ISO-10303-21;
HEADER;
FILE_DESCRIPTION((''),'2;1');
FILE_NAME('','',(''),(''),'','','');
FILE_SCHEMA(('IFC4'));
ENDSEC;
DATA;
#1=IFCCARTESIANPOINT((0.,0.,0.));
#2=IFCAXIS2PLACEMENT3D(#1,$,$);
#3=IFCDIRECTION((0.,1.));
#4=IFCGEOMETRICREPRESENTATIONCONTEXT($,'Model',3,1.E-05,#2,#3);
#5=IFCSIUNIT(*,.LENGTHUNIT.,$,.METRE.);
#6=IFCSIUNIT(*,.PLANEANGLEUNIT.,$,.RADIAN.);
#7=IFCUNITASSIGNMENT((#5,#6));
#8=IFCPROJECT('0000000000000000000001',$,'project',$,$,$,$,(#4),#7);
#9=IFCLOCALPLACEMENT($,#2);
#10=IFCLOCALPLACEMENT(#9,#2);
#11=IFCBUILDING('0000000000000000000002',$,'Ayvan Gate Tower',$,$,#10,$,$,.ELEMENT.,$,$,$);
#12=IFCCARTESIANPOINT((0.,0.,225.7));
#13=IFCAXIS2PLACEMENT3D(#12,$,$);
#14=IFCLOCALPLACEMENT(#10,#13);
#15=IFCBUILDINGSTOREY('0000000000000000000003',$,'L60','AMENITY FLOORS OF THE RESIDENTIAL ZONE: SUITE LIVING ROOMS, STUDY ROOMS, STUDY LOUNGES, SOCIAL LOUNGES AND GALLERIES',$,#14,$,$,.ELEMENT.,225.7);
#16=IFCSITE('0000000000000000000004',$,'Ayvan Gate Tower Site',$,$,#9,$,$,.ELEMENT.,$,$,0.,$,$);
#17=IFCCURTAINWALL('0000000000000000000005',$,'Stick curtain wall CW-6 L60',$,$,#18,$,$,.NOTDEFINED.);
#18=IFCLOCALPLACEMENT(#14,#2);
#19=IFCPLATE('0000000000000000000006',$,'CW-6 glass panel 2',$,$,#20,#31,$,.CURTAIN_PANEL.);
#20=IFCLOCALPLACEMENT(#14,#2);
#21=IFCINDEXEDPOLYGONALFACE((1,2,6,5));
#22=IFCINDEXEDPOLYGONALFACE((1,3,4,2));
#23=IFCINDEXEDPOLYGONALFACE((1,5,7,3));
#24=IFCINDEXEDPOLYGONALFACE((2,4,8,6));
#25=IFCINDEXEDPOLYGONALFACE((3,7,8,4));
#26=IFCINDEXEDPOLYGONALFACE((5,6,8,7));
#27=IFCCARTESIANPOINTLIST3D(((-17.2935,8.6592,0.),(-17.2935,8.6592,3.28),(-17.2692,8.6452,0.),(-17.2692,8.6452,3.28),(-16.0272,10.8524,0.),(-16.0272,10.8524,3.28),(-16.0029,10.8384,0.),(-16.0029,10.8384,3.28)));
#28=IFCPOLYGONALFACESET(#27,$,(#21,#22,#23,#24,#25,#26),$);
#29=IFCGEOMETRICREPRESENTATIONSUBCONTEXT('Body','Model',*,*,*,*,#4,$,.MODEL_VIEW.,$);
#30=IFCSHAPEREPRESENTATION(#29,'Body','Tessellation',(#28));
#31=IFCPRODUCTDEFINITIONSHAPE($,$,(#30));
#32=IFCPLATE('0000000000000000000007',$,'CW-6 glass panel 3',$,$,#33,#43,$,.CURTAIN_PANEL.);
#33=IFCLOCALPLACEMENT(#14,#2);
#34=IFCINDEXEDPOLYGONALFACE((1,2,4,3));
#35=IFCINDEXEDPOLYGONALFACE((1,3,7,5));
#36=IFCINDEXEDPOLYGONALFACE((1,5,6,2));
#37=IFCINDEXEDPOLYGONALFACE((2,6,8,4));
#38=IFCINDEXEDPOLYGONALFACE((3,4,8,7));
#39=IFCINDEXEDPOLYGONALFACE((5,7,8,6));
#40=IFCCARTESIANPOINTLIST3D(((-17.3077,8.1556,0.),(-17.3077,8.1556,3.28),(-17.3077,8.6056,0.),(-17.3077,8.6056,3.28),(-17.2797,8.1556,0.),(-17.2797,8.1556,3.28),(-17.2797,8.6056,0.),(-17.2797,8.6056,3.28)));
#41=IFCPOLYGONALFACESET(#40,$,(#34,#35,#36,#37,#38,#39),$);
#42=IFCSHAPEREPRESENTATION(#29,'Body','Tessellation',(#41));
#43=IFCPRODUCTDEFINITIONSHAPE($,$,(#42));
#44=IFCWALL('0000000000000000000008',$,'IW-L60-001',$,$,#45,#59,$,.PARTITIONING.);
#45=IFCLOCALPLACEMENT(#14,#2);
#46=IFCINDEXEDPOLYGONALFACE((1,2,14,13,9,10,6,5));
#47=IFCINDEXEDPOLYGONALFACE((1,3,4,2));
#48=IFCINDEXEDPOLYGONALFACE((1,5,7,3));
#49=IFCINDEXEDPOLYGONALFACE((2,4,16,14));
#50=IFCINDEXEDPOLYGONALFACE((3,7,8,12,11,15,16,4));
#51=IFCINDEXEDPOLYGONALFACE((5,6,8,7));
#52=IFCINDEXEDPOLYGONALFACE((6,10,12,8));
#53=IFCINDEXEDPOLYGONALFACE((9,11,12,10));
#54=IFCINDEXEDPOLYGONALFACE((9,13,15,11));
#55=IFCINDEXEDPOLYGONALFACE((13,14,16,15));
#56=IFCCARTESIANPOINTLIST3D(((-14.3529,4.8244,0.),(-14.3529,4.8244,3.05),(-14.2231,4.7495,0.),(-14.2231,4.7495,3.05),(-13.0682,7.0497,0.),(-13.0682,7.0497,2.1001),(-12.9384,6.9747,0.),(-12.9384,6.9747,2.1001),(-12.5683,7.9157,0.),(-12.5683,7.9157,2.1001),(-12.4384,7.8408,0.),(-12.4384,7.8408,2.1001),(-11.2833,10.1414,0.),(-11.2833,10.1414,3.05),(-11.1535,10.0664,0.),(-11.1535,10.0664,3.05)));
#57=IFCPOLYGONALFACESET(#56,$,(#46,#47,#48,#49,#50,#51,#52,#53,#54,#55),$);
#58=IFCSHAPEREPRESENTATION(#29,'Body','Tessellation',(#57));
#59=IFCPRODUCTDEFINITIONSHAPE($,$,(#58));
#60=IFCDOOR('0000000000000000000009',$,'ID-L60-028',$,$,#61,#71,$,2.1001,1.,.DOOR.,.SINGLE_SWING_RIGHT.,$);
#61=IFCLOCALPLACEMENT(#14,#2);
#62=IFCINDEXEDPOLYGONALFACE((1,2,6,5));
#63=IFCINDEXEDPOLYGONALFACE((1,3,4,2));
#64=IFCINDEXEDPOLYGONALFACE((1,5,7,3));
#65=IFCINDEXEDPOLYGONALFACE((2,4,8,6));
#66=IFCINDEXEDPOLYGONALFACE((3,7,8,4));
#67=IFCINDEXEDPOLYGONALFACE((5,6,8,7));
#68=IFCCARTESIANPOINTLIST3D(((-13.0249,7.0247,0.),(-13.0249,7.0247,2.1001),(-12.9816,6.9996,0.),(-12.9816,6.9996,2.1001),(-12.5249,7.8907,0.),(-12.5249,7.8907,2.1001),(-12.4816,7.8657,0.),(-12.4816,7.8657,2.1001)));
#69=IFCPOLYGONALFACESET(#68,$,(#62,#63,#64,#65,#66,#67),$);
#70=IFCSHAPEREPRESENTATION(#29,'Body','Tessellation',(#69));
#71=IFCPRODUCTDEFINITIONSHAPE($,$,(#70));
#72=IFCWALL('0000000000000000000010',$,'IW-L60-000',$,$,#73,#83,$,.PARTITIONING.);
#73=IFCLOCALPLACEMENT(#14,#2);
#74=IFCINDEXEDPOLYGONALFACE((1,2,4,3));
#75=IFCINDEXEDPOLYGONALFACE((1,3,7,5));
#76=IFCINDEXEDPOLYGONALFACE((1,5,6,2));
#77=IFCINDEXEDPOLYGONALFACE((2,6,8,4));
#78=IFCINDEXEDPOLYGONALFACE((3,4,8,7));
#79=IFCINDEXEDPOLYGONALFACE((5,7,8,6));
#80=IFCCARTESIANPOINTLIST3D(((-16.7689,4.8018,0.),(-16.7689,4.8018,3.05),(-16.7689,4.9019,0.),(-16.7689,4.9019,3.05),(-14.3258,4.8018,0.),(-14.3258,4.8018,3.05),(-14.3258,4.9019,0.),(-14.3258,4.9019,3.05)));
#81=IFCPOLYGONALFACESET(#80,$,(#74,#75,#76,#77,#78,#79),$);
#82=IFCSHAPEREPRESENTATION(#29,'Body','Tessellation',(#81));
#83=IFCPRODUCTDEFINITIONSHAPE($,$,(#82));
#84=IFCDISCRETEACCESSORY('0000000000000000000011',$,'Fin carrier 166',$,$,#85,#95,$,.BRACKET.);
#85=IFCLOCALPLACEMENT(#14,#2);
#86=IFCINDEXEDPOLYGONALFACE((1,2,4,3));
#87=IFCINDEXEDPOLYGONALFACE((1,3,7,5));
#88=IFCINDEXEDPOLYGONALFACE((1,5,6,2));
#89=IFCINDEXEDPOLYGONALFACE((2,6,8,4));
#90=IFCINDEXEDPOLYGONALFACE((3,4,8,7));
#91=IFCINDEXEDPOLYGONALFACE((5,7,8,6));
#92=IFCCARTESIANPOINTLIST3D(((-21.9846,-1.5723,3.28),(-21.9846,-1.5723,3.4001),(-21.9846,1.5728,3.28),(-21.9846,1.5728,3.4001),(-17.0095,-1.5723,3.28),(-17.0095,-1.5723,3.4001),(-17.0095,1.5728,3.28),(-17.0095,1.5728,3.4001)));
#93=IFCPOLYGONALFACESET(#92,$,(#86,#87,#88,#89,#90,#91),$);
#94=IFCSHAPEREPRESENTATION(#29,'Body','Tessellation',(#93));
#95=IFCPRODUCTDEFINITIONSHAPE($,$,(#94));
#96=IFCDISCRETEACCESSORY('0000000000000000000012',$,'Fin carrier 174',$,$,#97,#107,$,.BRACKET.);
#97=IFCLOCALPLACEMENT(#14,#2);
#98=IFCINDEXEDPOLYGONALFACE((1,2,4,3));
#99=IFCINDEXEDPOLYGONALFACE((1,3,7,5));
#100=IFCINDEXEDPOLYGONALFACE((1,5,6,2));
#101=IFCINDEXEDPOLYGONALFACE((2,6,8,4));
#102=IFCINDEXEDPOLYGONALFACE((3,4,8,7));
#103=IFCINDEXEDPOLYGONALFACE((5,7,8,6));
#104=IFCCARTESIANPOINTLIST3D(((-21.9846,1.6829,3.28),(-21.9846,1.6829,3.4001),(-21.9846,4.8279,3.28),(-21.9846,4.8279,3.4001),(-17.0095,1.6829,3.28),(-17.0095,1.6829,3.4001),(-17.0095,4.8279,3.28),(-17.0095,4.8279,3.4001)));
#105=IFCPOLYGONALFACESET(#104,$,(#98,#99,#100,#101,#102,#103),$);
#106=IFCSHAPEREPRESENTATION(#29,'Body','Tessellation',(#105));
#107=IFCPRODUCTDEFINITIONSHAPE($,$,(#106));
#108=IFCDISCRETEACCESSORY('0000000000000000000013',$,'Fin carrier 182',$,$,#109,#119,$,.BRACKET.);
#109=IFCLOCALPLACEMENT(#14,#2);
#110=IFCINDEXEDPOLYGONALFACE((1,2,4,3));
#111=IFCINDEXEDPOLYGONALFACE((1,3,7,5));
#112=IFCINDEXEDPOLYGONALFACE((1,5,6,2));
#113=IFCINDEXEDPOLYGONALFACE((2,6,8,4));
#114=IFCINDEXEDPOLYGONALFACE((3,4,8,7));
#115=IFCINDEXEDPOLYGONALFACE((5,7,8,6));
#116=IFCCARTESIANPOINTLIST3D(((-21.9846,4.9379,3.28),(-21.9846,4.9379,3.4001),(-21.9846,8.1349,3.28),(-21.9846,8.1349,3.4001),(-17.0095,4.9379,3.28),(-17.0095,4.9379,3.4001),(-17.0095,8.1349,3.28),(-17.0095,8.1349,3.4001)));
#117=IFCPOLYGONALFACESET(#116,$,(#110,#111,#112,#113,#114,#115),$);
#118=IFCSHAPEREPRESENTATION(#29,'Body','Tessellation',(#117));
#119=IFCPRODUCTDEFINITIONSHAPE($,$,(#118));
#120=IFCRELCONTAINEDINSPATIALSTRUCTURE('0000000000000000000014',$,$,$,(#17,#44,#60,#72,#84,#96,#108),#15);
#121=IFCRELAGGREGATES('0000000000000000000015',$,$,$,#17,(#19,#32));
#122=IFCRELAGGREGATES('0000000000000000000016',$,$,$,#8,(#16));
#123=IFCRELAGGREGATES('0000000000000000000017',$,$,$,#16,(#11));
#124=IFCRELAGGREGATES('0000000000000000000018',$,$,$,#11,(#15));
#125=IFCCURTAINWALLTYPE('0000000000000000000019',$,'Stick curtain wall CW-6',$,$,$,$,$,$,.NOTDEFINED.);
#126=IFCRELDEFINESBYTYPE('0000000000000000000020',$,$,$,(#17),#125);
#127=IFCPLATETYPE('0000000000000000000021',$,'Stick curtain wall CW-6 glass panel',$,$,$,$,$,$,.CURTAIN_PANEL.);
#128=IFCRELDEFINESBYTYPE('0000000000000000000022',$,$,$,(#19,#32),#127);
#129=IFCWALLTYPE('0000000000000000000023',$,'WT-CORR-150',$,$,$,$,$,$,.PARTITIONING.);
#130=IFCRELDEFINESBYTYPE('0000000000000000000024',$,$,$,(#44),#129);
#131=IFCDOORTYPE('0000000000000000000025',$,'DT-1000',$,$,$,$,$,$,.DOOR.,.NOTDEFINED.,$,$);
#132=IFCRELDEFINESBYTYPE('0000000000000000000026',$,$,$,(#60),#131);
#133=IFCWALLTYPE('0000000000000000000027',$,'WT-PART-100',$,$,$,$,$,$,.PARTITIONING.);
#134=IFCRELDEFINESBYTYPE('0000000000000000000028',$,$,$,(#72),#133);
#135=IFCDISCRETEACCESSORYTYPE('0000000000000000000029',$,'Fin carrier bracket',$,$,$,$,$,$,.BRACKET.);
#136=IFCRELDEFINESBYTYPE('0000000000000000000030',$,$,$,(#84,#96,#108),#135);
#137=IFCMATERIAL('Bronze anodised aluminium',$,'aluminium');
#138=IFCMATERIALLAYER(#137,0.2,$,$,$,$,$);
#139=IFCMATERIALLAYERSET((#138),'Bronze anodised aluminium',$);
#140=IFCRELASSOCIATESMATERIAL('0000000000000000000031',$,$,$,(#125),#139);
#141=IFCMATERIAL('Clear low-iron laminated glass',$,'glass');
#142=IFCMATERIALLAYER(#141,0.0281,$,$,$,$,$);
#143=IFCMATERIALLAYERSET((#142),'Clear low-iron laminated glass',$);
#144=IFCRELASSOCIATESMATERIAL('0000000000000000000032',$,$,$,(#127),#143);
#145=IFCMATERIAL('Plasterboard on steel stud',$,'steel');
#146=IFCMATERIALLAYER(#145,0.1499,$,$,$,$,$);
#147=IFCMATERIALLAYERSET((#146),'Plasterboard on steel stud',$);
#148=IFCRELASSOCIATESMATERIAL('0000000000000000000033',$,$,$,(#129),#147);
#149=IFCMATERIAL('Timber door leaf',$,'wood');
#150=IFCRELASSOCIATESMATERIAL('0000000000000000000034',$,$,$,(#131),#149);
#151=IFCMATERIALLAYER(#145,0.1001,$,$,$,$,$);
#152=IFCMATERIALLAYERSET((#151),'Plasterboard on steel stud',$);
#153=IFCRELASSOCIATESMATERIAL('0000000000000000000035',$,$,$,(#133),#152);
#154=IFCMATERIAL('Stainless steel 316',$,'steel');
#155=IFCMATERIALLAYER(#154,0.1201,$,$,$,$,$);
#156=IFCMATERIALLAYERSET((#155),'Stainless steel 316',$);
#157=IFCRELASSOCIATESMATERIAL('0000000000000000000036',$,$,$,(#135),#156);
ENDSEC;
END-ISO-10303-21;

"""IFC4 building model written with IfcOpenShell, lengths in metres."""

from ifc_helpers import new_model, si_unit, direction, frame, frame_2d, origin, origin_2d, place, context, subcontext, project, spatial, rectangle, extrude, material, layer, layer_set, type_object, element, fill, aggregate, save


model = new_model("IFC4")

# Units and contexts
model_context = context("Model", 3, precision=1e-05, world=origin(), true_north=direction((0.0, 1.0)))
body_context = subcontext(model_context, "Body", "Model", "MODEL_VIEW")
ifc_project = project(units=[si_unit("LENGTHUNIT", "METRE"), si_unit("PLANEANGLEUNIT", "RADIAN")], contexts=[model_context])

# Site, building, storey
site_placement = place(None, origin())
site = spatial("IfcSite", under=ifc_project, at=site_placement, Name="Ayvan Gate Tower Site", CompositionType="ELEMENT", RefElevation=0.0)
building_placement = place(site_placement, origin())
building = spatial("IfcBuilding", under=site, at=building_placement, Name="Ayvan Gate Tower", CompositionType="ELEMENT")
storey_placement = place(building_placement, frame((0.0, 0.0, 225.7)))
storey = spatial("IfcBuildingStorey", under=building, at=storey_placement, Name="L60", Description="AMENITY FLOORS OF THE RESIDENTIAL ZONE: SUITE LIVING ROOMS, STUDY ROOMS, STUDY LOUNGES, SOCIAL LOUNGES AND GALLERIES", CompositionType="ELEMENT", Elevation=225.7)

# Curtain wall
ifc_material_1 = material(Name="Bronze anodised aluminium", Category="aluminium")
ifc_layer_1 = layer(ifc_material_1, 0.2)
ifc_layer_set_1 = layer_set([ifc_layer_1], Name="Bronze anodised aluminium")
curtain_wall_type_1 = type_object("IfcCurtainWallType", Name="Stick curtain wall CW-6", PredefinedType="NOTDEFINED", material=ifc_layer_set_1)
curtain_wall_1_placement = place(storey_placement, origin())
curtain_wall_1 = element("IfcCurtainWall", 1, at=curtain_wall_1_placement, inside=storey, type_object=curtain_wall_type_1, Name="Stick curtain wall CW-6 L60", PredefinedType="NOTDEFINED")

# Plates
ifc_material_2 = material(Name="Clear low-iron laminated glass", Category="glass")
ifc_layer_2 = layer(ifc_material_2, 0.0281)
ifc_layer_set_2 = layer_set([ifc_layer_2], Name="Clear low-iron laminated glass")
plate_type_1 = type_object("IfcPlateType", Name="Stick curtain wall CW-6 glass panel", PredefinedType="CURTAIN_PANEL", material=ifc_layer_set_2)
plate_1_placement = place(storey_placement, frame((-16.6482, 9.7488, 0.0), z_axis=(0.0, 0.0, 1.0), x_axis=(-0.5, -0.866025, 0.0)))
plate_1 = element("IfcPlate", 2, at=plate_1_placement, type_object=plate_type_1, Name="CW-6 glass panel 2", PredefinedType="CURTAIN_PANEL", context=body_context, shape_type="SweptSolid", body=[
    extrude(rectangle(XDim=2.5325, YDim=0.0281, at=origin_2d()), origin(), (0.0, 0.0, 1.0), 3.28),
])
plate_2_placement = place(storey_placement, frame((-17.2937, 8.3806, 0.0), z_axis=(0.0, 0.0, 1.0), x_axis=(0.0, -1.0, 0.0)))
plate_2 = element("IfcPlate", 3, at=plate_2_placement, type_object=plate_type_1, Name="CW-6 glass panel 3", PredefinedType="CURTAIN_PANEL", context=body_context, shape_type="SweptSolid", body=[
    extrude(rectangle(XDim=0.45, YDim=0.0281, at=origin_2d()), origin(), (0.0, 0.0, 1.0), 3.28),
])
aggregate(curtain_wall_1, [plate_1, plate_2])

# Wall, opening, door
ifc_material_3 = material(Name="Plasterboard on steel stud", Category="steel")
ifc_layer_3 = layer(ifc_material_3, 0.1499)
ifc_layer_set_3 = layer_set([ifc_layer_3], Name="Plasterboard on steel stud")
wall_type_1 = type_object("IfcWallType", Name="WT-CORR-150", PredefinedType="PARTITIONING", material=ifc_layer_set_3)
wall_1_placement = place(storey_placement, frame((-14.2881, 4.7869, 0.0), z_axis=(0.0, 0.0, 1.0), x_axis=(0.499984, 0.866035, 0.0)))
wall_1 = element("IfcWall", 4, at=wall_1_placement, inside=storey, type_object=wall_type_1, Name="IW-L60-001", PredefinedType="PARTITIONING", context=body_context, shape_type="SweptSolid", body=[
    extrude(rectangle(XDim=6.1394, YDim=0.1499, at=frame_2d((3.0698, 0.0))), origin(), (0.0, 0.0, 1.0), 3.05),
])
opening_placement = place(wall_1_placement, frame((2.5696, 0.0, 0.0)))
opening = element("IfcOpeningElement", 5, at=opening_placement, cuts=wall_1, PredefinedType="OPENING", context=body_context, shape_type="SweptSolid", body=[
    extrude(rectangle(XDim=1.0, YDim=2.1001, at=frame_2d((0.5, 1.05))), frame((0.0, 0.085, 0.0), z_axis=(0.0, -1.0, 0.0), x_axis=(1.0, 0.0, 0.0)), (0.0, 0.0, 1.0), 0.1699),
])
ifc_material_4 = material(Name="Timber door leaf", Category="wood")
door_type = type_object("IfcDoorType", Name="DT-1000", OperationType="NOTDEFINED", PredefinedType="DOOR", material=ifc_material_4)
door_placement = place(opening_placement, origin())
door = element("IfcDoor", 6, at=door_placement, inside=storey, type_object=door_type, Name="ID-L60-028", OperationType="SINGLE_SWING_RIGHT", OverallHeight=2.1001, OverallWidth=1.0, PredefinedType="DOOR", context=body_context, shape_type="SweptSolid", body=[
    extrude(rectangle(XDim=1.0, YDim=2.1001, at=frame_2d((0.5, 1.05))), frame((0.0, 0.0249, 0.0), z_axis=(0.0, -1.0, 0.0), x_axis=(1.0, 0.0, 0.0)), (0.0, 0.0, 1.0), 0.05),
])
fill(opening, door)

# Wall
ifc_layer_4 = layer(ifc_material_3, 0.1001)
ifc_layer_set_4 = layer_set([ifc_layer_4], Name="Plasterboard on steel stud")
wall_type_2 = type_object("IfcWallType", Name="WT-PART-100", PredefinedType="PARTITIONING", material=ifc_layer_set_4)
wall_2_placement = place(storey_placement, frame((-14.3257, 4.8518, 0.0), z_axis=(0.0, 0.0, 1.0), x_axis=(-1.0, 0.0, 0.0)))
element("IfcWall", 7, at=wall_2_placement, inside=storey, type_object=wall_type_2, Name="IW-L60-000", PredefinedType="PARTITIONING", context=body_context, shape_type="SweptSolid", body=[
    extrude(rectangle(XDim=2.4431, YDim=0.1001, at=frame_2d((1.2217, 0.0))), origin(), (0.0, 0.0, 1.0), 3.05),
])

# Discrete accessories
ifc_material_5 = material(Name="Stainless steel 316", Category="steel")
ifc_layer_5 = layer(ifc_material_5, 0.1201)
ifc_layer_set_5 = layer_set([ifc_layer_5], Name="Stainless steel 316")
discrete_accessory_type = type_object("IfcDiscreteAccessoryType", Name="Fin carrier bracket", PredefinedType="BRACKET", material=ifc_layer_set_5)
for number, where, z_axis, x_axis, name in (
    (8, (-19.4971, 0.0002, 3.28), (0.0, 0.0, 1.0), (0.0, -1.0, 0.0), "Fin carrier 166"),
    (9, (-19.4971, 3.2554, 3.28), (0.0, 0.0, 1.0), (0.0, -1.0, 0.0), "Fin carrier 174"),
):
    element("IfcDiscreteAccessory", number, at=place(storey_placement, frame(where, z_axis=z_axis, x_axis=x_axis)), inside=storey, type_object=discrete_accessory_type, Name=name, PredefinedType="BRACKET", context=body_context, shape_type="SweptSolid", body=[
        extrude(rectangle(XDim=3.145, YDim=4.9751, at=origin_2d()), origin(), (0.0, 0.0, 1.0), 0.1201),
    ])
discrete_accessory_placement = place(storey_placement, frame((-19.4971, 6.5364, 3.28), z_axis=(0.0, 0.0, 1.0), x_axis=(0.0, -1.0, 0.0)))
element("IfcDiscreteAccessory", 10, at=discrete_accessory_placement, inside=storey, type_object=discrete_accessory_type, Name="Fin carrier 182", PredefinedType="BRACKET", context=body_context, shape_type="SweptSolid", body=[
    extrude(rectangle(XDim=3.197, YDim=4.9751, at=origin_2d()), origin(), (0.0, 0.0, 1.0), 0.1201),
])

save(model, "model.ifc")
